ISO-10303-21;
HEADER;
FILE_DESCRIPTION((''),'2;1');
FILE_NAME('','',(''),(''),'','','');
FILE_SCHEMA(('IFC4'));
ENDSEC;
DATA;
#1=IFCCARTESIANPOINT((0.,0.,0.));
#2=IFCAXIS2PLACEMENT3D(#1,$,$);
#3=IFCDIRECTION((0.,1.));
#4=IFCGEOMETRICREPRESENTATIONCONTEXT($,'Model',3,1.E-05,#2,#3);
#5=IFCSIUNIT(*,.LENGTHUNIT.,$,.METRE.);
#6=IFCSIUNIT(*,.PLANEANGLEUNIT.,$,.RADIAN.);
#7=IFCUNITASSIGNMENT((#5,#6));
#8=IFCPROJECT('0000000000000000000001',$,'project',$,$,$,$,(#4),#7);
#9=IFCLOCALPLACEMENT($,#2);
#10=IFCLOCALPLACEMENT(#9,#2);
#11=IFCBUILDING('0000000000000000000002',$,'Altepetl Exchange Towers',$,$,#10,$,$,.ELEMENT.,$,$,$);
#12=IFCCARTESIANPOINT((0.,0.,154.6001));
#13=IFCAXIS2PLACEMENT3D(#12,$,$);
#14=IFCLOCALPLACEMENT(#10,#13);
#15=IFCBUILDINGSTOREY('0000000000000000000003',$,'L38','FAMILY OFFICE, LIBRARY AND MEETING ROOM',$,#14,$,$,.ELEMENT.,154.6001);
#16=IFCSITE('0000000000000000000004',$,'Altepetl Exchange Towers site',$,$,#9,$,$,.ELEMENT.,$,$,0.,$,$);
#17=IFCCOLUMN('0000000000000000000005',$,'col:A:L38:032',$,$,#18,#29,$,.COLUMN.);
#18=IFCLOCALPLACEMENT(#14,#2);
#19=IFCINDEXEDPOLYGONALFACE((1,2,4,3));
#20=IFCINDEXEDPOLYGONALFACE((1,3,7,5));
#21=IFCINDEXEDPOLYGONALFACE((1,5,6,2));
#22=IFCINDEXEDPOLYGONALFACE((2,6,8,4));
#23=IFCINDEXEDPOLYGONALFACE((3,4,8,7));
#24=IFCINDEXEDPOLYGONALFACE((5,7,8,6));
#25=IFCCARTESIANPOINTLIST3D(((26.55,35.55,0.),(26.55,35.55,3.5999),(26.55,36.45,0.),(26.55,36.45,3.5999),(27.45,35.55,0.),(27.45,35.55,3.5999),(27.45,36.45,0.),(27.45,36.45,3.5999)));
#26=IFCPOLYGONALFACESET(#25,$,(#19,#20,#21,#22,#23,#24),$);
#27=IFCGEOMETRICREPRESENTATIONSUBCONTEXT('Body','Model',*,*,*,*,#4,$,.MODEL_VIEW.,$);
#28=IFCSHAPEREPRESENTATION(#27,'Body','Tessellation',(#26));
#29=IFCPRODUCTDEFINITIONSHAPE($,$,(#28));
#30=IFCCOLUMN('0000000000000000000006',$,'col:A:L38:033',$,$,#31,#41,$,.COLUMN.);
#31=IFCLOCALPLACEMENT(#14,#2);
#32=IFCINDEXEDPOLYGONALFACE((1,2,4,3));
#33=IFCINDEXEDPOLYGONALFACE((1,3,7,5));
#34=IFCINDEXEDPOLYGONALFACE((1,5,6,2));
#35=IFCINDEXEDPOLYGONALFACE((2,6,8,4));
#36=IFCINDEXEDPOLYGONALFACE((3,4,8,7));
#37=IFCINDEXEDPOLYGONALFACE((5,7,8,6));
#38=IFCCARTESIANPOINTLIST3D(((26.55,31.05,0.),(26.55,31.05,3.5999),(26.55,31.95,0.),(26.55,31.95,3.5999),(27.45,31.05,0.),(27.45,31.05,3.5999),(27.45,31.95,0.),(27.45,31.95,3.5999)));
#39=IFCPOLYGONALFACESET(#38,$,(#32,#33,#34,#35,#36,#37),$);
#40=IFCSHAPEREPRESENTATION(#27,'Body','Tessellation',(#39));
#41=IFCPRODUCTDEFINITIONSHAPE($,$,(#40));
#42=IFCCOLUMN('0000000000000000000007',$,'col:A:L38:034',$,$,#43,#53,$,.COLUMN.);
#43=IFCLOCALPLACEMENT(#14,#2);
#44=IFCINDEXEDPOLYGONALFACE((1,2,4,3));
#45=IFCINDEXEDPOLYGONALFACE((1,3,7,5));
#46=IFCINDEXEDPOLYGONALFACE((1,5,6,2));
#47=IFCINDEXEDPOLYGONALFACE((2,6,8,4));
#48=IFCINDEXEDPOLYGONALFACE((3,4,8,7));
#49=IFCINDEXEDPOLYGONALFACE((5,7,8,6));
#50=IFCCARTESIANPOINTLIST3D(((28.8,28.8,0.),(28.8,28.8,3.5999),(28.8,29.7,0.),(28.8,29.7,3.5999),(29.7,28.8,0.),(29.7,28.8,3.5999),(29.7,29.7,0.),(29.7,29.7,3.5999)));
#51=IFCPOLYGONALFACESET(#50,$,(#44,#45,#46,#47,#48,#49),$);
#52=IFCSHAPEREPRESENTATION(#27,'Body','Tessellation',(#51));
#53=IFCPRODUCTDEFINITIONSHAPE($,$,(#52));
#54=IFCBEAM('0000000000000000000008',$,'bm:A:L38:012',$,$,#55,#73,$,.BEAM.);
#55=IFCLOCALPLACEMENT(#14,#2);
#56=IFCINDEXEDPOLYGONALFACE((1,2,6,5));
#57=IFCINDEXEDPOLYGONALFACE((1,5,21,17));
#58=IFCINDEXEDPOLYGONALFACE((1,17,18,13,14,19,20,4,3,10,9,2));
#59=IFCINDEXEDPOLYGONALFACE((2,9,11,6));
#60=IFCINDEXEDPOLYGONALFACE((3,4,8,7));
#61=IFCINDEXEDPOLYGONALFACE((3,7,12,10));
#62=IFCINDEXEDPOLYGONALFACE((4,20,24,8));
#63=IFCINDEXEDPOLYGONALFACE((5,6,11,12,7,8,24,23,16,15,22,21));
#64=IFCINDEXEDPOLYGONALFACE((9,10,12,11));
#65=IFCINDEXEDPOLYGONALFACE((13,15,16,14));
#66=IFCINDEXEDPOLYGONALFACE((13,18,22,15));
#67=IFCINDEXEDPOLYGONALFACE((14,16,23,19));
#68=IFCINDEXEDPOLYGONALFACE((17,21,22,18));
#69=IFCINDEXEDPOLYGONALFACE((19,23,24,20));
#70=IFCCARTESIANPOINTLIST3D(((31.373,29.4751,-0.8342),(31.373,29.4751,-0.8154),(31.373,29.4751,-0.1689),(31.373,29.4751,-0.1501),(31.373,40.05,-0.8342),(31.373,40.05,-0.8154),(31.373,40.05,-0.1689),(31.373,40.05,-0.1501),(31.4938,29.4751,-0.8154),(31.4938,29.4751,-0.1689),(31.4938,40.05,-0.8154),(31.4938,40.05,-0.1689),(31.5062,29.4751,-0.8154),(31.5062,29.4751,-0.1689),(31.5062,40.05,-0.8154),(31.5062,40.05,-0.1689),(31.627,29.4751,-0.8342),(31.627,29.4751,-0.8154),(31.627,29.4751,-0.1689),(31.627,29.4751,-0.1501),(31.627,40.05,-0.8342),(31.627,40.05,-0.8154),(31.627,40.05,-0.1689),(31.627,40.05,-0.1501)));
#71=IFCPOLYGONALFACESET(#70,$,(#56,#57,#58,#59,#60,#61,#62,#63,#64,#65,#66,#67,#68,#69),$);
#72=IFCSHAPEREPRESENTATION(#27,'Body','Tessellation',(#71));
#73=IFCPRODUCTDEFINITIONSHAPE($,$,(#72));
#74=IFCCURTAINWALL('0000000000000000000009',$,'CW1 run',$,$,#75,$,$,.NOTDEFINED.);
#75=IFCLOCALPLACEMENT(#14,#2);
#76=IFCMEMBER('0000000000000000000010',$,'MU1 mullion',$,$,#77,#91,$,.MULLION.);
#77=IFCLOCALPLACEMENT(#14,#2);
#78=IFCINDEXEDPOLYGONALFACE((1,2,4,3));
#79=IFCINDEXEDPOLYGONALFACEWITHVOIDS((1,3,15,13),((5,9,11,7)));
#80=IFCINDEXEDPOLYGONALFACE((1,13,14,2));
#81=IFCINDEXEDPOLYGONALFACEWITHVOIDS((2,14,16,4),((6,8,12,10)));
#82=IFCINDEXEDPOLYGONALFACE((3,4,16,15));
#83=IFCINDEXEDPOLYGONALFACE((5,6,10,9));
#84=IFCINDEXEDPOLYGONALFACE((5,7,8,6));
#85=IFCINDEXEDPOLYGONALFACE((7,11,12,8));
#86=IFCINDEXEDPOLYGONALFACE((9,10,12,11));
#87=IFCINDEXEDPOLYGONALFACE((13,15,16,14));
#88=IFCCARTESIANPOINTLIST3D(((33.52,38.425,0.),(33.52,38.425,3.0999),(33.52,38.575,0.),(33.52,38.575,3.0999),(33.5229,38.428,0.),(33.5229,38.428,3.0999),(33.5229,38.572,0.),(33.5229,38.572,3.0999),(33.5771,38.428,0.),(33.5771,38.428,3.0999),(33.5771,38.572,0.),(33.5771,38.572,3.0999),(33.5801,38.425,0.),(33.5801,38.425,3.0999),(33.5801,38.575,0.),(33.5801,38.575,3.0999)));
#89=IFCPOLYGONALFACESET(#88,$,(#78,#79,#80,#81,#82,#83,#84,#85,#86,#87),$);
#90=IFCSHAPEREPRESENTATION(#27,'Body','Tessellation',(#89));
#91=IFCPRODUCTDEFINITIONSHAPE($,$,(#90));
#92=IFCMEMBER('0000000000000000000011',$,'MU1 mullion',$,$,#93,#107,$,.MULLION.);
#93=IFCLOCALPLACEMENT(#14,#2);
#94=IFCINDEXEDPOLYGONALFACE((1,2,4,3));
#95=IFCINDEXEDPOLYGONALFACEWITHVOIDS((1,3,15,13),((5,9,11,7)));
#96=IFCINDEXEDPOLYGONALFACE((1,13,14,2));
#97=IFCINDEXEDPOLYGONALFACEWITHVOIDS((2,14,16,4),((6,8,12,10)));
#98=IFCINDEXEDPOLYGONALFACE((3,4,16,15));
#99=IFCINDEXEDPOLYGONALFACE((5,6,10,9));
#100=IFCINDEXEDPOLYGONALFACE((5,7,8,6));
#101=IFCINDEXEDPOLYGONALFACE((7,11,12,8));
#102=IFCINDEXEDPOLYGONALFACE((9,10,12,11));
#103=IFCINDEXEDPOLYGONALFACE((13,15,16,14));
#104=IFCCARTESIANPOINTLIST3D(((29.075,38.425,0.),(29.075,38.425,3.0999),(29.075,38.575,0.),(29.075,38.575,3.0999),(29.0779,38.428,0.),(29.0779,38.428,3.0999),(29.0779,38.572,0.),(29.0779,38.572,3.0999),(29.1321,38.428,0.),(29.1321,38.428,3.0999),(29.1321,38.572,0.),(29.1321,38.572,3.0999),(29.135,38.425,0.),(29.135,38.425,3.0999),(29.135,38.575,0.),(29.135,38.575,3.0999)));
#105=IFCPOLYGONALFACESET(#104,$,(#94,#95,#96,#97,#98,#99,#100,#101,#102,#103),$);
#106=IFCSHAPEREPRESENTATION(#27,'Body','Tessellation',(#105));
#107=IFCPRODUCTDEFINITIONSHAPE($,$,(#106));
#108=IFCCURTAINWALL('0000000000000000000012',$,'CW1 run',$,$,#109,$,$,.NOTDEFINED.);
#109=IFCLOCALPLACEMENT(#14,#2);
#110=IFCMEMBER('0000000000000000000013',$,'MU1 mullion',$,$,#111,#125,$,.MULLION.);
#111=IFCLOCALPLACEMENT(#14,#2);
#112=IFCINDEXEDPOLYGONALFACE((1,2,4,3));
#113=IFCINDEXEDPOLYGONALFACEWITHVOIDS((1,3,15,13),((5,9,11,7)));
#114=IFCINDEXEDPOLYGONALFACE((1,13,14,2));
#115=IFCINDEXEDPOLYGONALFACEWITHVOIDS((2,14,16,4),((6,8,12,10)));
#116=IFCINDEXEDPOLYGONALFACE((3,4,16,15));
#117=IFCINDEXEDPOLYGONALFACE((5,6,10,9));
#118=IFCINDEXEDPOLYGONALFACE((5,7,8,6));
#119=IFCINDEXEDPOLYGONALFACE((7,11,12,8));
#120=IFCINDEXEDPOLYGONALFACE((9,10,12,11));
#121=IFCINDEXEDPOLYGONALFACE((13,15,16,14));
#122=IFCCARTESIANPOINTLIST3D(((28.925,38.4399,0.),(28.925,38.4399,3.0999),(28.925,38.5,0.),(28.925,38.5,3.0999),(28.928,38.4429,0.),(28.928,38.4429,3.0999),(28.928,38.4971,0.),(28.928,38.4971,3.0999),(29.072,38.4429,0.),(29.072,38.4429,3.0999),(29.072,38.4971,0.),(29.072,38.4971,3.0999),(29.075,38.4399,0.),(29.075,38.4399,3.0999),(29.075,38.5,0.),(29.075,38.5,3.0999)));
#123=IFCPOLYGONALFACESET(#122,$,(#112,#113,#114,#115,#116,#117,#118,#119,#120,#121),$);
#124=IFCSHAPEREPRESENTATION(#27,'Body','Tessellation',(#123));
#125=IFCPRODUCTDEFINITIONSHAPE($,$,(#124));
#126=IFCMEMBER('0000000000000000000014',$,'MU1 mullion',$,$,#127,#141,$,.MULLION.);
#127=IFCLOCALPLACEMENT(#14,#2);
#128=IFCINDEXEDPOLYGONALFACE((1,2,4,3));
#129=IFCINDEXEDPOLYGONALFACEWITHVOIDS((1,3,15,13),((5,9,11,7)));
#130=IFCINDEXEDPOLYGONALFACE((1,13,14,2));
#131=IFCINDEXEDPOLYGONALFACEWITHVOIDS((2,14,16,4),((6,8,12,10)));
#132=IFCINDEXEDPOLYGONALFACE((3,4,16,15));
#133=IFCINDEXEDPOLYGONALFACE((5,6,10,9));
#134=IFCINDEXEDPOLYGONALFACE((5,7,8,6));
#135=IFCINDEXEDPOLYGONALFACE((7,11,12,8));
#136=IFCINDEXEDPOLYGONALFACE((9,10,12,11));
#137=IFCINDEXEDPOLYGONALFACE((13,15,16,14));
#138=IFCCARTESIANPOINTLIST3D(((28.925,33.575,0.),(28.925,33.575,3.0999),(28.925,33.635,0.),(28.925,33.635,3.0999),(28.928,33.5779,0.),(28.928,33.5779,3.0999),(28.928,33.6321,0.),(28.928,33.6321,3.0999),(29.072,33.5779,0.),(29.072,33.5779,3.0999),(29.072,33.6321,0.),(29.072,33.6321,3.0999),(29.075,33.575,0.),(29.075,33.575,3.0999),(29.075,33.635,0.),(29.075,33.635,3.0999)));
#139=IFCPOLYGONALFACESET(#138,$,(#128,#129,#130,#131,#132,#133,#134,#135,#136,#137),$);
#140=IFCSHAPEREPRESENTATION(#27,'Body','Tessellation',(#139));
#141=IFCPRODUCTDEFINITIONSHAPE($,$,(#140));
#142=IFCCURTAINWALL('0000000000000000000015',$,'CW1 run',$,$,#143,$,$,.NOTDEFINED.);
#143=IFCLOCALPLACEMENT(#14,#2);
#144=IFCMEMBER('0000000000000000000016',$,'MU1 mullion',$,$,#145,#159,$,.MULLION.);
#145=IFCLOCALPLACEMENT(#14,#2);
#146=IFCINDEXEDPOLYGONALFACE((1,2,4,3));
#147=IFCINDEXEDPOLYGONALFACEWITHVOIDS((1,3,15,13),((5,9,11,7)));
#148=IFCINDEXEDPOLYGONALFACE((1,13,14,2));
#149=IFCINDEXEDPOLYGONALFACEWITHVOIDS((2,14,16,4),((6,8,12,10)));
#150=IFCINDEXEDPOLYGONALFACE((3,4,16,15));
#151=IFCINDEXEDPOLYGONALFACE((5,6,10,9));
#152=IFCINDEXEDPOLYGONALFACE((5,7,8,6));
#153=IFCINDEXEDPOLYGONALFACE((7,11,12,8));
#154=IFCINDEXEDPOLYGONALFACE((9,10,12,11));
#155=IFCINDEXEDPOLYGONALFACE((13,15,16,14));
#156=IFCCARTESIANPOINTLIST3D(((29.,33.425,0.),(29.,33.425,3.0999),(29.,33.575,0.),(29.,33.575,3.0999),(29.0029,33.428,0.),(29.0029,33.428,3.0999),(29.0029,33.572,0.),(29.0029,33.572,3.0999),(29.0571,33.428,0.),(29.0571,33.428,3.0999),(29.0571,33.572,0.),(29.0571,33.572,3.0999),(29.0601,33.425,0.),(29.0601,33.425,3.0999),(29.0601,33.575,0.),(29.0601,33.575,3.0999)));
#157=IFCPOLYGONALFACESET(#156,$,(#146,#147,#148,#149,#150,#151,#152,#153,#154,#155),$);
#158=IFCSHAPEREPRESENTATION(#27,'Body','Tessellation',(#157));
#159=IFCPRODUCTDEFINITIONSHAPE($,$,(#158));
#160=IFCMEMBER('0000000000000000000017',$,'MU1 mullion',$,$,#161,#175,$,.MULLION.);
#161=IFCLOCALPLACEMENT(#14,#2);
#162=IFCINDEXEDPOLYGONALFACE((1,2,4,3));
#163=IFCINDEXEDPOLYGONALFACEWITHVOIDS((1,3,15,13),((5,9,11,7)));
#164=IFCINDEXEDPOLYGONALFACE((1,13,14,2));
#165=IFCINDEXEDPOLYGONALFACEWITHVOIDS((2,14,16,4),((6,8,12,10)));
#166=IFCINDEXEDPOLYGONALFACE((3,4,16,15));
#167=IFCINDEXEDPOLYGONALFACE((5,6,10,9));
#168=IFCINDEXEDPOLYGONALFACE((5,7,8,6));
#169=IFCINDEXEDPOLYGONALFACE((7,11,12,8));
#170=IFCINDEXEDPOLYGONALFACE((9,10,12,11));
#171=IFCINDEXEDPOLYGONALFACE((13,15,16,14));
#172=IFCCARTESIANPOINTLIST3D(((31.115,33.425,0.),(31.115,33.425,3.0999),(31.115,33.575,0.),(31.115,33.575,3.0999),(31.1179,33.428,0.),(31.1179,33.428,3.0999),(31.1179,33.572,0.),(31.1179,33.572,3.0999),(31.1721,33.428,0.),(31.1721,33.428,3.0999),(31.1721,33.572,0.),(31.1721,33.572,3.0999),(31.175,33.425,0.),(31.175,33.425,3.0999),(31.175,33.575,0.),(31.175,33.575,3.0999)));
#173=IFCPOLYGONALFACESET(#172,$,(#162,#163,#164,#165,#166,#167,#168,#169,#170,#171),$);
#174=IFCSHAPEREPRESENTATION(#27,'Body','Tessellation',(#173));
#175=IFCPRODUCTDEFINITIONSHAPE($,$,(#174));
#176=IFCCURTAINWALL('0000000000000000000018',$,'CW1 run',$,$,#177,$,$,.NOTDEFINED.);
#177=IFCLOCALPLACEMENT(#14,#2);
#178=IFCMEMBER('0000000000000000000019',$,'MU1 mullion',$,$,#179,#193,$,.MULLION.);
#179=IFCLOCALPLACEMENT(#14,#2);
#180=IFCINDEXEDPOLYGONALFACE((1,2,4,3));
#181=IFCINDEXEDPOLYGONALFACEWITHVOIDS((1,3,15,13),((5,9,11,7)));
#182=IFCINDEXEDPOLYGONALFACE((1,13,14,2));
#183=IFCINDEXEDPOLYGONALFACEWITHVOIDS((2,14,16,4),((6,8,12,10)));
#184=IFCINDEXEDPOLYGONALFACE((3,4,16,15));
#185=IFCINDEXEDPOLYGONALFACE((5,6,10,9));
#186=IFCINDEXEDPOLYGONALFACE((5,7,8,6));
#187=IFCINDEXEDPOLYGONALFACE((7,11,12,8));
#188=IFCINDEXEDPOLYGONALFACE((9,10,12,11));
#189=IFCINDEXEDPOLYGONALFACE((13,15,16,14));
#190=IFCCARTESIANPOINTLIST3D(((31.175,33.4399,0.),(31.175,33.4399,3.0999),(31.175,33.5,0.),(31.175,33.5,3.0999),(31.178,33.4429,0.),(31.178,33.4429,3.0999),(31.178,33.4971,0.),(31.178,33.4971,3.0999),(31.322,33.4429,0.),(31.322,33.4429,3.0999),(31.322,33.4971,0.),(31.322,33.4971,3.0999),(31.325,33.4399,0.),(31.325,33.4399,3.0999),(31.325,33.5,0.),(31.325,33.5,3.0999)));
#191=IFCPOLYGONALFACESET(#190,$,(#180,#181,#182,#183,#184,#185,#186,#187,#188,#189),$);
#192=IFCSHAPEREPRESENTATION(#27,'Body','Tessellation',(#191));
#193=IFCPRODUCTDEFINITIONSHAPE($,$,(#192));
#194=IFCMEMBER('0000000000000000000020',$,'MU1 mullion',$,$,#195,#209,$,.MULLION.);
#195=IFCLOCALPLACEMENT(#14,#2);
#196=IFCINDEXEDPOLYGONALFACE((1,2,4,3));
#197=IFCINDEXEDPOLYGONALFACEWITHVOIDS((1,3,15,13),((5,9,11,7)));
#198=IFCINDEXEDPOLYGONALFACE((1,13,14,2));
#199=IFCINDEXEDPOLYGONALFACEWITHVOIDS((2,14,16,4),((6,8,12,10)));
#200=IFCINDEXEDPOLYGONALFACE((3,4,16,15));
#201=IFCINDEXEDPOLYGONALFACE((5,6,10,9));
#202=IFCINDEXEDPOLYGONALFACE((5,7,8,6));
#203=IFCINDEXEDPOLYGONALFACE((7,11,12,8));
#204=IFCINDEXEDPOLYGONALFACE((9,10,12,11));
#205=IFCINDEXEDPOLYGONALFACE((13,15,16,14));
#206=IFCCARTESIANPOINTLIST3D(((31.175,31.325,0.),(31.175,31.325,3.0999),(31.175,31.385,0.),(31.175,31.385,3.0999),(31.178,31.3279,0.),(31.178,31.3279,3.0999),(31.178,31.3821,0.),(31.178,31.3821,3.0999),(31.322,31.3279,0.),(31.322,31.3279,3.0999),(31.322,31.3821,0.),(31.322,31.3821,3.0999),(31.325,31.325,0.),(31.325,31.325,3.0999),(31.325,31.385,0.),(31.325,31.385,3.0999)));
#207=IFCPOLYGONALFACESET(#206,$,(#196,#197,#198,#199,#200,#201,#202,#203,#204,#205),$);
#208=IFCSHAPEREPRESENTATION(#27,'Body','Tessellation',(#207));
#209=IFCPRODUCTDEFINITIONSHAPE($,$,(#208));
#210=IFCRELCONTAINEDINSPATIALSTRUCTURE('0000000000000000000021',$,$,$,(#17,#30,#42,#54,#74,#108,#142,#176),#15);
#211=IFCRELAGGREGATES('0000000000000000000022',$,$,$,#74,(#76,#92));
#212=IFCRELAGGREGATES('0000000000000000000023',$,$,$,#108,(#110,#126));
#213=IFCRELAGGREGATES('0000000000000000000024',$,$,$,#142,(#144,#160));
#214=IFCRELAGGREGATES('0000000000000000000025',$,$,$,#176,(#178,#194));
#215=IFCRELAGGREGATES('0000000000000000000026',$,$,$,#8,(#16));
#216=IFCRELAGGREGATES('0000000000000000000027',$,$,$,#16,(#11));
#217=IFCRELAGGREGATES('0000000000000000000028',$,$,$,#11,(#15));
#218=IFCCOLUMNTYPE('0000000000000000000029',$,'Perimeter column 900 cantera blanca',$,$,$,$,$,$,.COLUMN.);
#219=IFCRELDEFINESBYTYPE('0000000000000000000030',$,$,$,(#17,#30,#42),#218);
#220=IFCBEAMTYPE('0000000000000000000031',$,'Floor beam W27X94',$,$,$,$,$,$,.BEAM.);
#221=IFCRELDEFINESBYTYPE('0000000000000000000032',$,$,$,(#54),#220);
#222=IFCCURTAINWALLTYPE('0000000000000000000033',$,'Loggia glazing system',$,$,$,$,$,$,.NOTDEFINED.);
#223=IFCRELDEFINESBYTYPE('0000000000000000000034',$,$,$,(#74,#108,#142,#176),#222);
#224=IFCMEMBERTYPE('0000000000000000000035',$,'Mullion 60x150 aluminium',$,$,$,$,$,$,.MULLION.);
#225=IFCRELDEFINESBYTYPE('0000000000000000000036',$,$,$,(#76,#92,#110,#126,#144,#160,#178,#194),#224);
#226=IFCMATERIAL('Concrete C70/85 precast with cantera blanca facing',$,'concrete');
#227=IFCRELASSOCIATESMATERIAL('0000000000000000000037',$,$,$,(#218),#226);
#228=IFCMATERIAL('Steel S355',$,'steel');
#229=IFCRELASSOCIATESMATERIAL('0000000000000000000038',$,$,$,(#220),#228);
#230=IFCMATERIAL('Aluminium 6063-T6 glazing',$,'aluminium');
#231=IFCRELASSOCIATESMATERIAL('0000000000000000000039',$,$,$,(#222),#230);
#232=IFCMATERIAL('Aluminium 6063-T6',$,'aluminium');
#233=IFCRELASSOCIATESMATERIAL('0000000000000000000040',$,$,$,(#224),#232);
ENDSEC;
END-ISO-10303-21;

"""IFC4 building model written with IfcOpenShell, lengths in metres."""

from ifc_helpers import new_model, si_unit, direction, frame, origin, origin_2d, place, context, subcontext, project, spatial, rectangle, hollow_rectangle, i_section, extrude, material, material_profile, profile_set, type_object, element, aggregate, save


model = new_model("IFC4")

# Units and contexts
model_context = context("Model", 3, precision=1e-05, world=origin(), true_north=direction((0.0, 1.0)))
body_context = subcontext(model_context, "Body", "Model", "MODEL_VIEW")
ifc_project = project(units=[si_unit("LENGTHUNIT", "METRE"), si_unit("PLANEANGLEUNIT", "RADIAN")], contexts=[model_context])

# Site, building, storey
site_placement = place(None, origin())
site = spatial("IfcSite", under=ifc_project, at=site_placement, Name="Altepetl Exchange Towers site", CompositionType="ELEMENT", RefElevation=0.0)
building_placement = place(site_placement, origin())
building = spatial("IfcBuilding", under=site, at=building_placement, Name="Altepetl Exchange Towers", CompositionType="ELEMENT")
storey_placement = place(building_placement, frame((0.0, 0.0, 154.6001)))
storey = spatial("IfcBuildingStorey", under=building, at=storey_placement, Name="L38", Description="FAMILY OFFICE, LIBRARY AND MEETING ROOM", CompositionType="ELEMENT", Elevation=154.6001)

# Columns
ifc_material_1 = material(Name="Concrete C70/85 precast with cantera blanca facing", Category="concrete")
ifc_material_profile_1 = material_profile(ifc_material_1, rectangle(XDim=0.8999, YDim=0.8999, at=origin_2d()), Name="900 x 900")
ifc_profile_set_1 = profile_set([ifc_material_profile_1], Name="Concrete C70/85 precast with cantera blanca facing")
column_type = type_object("IfcColumnType", Name="Perimeter column 900 cantera blanca", PredefinedType="COLUMN", material=ifc_profile_set_1)
for number, where, name in (
    (1, (27.0, 36.0, 0.0), "col:A:L38:032"),
    (2, (27.0, 31.5, 0.0), "col:A:L38:033"),
    (3, (29.25, 29.25, 0.0), "col:A:L38:034"),
):
    element("IfcColumn", number, at=place(storey_placement, frame(where)), inside=storey, type_object=column_type, Name=name, PredefinedType="COLUMN", context=body_context, shape_type="SweptSolid", body=[
        extrude(rectangle(XDim=0.8999, YDim=0.8999, at=origin_2d()), origin(), (0.0, 0.0, 1.0), 3.5999),
    ])

# Beam
ifc_material_2 = material(Name="Steel S355", Category="steel")
ifc_material_profile_2 = material_profile(ifc_material_2, i_section(OverallWidth=0.2539, OverallDepth=0.6841, WebThickness=0.0125, FlangeThickness=0.0188, at=origin_2d()), Name="W27X94")
ifc_profile_set_2 = profile_set([ifc_material_profile_2], Name="Steel S355")
beam_type_1 = type_object("IfcBeamType", Name="Floor beam W27X94", PredefinedType="BEAM", material=ifc_profile_set_2)
beam_1_placement = place(storey_placement, frame((31.5, 29.4751, -0.4922), z_axis=(0.0, 1.0, 0.0), x_axis=(-1.0, 0.0, 0.0)))
element("IfcBeam", 4, at=beam_1_placement, inside=storey, type_object=beam_type_1, Name="bm:A:L38:012", PredefinedType="BEAM", context=body_context, shape_type="SweptSolid", body=[
    extrude(i_section(OverallWidth=0.2539, OverallDepth=0.6841, WebThickness=0.0125, FlangeThickness=0.0188, at=origin_2d()), origin(), (0.0, 0.0, 1.0), 10.575),
])

# Curtain walls, members
ifc_material_3 = material(Name="Aluminium 6063-T6 glazing", Category="aluminium")
curtain_wall_type = type_object("IfcCurtainWallType", Name="Loggia glazing system", PredefinedType="NOTDEFINED", material=ifc_material_3)
curtain_wall_1_placement = place(storey_placement, origin())
curtain_wall_1 = element("IfcCurtainWall", 5, at=curtain_wall_1_placement, inside=storey, type_object=curtain_wall_type, Name="CW1 run", PredefinedType="NOTDEFINED")
ifc_material_4 = material(Name="Aluminium 6063-T6", Category="aluminium")
ifc_material_profile_3 = material_profile(ifc_material_4, hollow_rectangle(XDim=0.0601, YDim=0.1499, WallThickness=0.0029, at=origin_2d()), Name="Mullion 60x150 aluminium")
ifc_profile_set_3 = profile_set([ifc_material_profile_3], Name="Aluminium 6063-T6")
member_type = type_object("IfcMemberType", Name="Mullion 60x150 aluminium", PredefinedType="MULLION", material=ifc_profile_set_3)
member_1_placement = place(storey_placement, frame((33.55, 38.5, 0.0), z_axis=(0.0, 0.0, 1.0), x_axis=(-1.0, 0.0, 0.0)))
member_1 = element("IfcMember", 6, at=member_1_placement, type_object=member_type, Name="MU1 mullion", PredefinedType="MULLION", context=body_context, shape_type="SweptSolid", body=[
    extrude(hollow_rectangle(XDim=0.0601, YDim=0.1499, WallThickness=0.0029, at=origin_2d()), origin(), (0.0, 0.0, 1.0), 3.0999),
])
member_2_placement = place(storey_placement, frame((29.105, 38.5, 0.0), z_axis=(0.0, 0.0, 1.0), x_axis=(-1.0, 0.0, 0.0)))
member_2 = element("IfcMember", 7, at=member_2_placement, type_object=member_type, Name="MU1 mullion", PredefinedType="MULLION", context=body_context, shape_type="SweptSolid", body=[
    extrude(hollow_rectangle(XDim=0.0601, YDim=0.1499, WallThickness=0.0029, at=origin_2d()), origin(), (0.0, 0.0, 1.0), 3.0999),
])
curtain_wall_2_placement = place(storey_placement, origin())
curtain_wall_2 = element("IfcCurtainWall", 8, at=curtain_wall_2_placement, inside=storey, type_object=curtain_wall_type, Name="CW1 run", PredefinedType="NOTDEFINED")
member_3_placement = place(storey_placement, frame((29.0, 38.47, 0.0), z_axis=(0.0, 0.0, 1.0), x_axis=(0.0, -1.0, 0.0)))
member_3 = element("IfcMember", 9, at=member_3_placement, type_object=member_type, Name="MU1 mullion", PredefinedType="MULLION", context=body_context, shape_type="SweptSolid", body=[
    extrude(hollow_rectangle(XDim=0.0601, YDim=0.1499, WallThickness=0.0029, at=origin_2d()), origin(), (0.0, 0.0, 1.0), 3.0999),
])
member_4_placement = place(storey_placement, frame((29.0, 33.605, 0.0), z_axis=(0.0, 0.0, 1.0), x_axis=(0.0, -1.0, 0.0)))
member_4 = element("IfcMember", 10, at=member_4_placement, type_object=member_type, Name="MU1 mullion", PredefinedType="MULLION", context=body_context, shape_type="SweptSolid", body=[
    extrude(hollow_rectangle(XDim=0.0601, YDim=0.1499, WallThickness=0.0029, at=origin_2d()), origin(), (0.0, 0.0, 1.0), 3.0999),
])
curtain_wall_3_placement = place(storey_placement, origin())
curtain_wall_3 = element("IfcCurtainWall", 11, at=curtain_wall_3_placement, inside=storey, type_object=curtain_wall_type, Name="CW1 run", PredefinedType="NOTDEFINED")
member_5_placement = place(storey_placement, frame((29.03, 33.5, 0.0)))
member_5 = element("IfcMember", 12, at=member_5_placement, type_object=member_type, Name="MU1 mullion", PredefinedType="MULLION", context=body_context, shape_type="SweptSolid", body=[
    extrude(hollow_rectangle(XDim=0.0601, YDim=0.1499, WallThickness=0.0029, at=origin_2d()), origin(), (0.0, 0.0, 1.0), 3.0999),
])
member_6_placement = place(storey_placement, frame((31.145, 33.5, 0.0)))
member_6 = element("IfcMember", 13, at=member_6_placement, type_object=member_type, Name="MU1 mullion", PredefinedType="MULLION", context=body_context, shape_type="SweptSolid", body=[
    extrude(hollow_rectangle(XDim=0.0601, YDim=0.1499, WallThickness=0.0029, at=origin_2d()), origin(), (0.0, 0.0, 1.0), 3.0999),
])
curtain_wall_4_placement = place(storey_placement, origin())
curtain_wall_4 = element("IfcCurtainWall", 14, at=curtain_wall_4_placement, inside=storey, type_object=curtain_wall_type, Name="CW1 run", PredefinedType="NOTDEFINED")
member_7_placement = place(storey_placement, frame((31.25, 33.47, 0.0), z_axis=(0.0, 0.0, 1.0), x_axis=(0.0, -1.0, 0.0)))
member_7 = element("IfcMember", 15, at=member_7_placement, type_object=member_type, Name="MU1 mullion", PredefinedType="MULLION", context=body_context, shape_type="SweptSolid", body=[
    extrude(hollow_rectangle(XDim=0.0601, YDim=0.1499, WallThickness=0.0029, at=origin_2d()), origin(), (0.0, 0.0, 1.0), 3.0999),
])
member_8_placement = place(storey_placement, frame((31.25, 31.355, 0.0), z_axis=(0.0, 0.0, 1.0), x_axis=(0.0, -1.0, 0.0)))
member_8 = element("IfcMember", 16, at=member_8_placement, type_object=member_type, Name="MU1 mullion", PredefinedType="MULLION", context=body_context, shape_type="SweptSolid", body=[
    extrude(hollow_rectangle(XDim=0.0601, YDim=0.1499, WallThickness=0.0029, at=origin_2d()), origin(), (0.0, 0.0, 1.0), 3.0999),
])

aggregate(curtain_wall_1, [member_1, member_2])
aggregate(curtain_wall_2, [member_3, member_4])
aggregate(curtain_wall_3, [member_5, member_6])
aggregate(curtain_wall_4, [member_7, member_8])

save(model, "model.ifc")
